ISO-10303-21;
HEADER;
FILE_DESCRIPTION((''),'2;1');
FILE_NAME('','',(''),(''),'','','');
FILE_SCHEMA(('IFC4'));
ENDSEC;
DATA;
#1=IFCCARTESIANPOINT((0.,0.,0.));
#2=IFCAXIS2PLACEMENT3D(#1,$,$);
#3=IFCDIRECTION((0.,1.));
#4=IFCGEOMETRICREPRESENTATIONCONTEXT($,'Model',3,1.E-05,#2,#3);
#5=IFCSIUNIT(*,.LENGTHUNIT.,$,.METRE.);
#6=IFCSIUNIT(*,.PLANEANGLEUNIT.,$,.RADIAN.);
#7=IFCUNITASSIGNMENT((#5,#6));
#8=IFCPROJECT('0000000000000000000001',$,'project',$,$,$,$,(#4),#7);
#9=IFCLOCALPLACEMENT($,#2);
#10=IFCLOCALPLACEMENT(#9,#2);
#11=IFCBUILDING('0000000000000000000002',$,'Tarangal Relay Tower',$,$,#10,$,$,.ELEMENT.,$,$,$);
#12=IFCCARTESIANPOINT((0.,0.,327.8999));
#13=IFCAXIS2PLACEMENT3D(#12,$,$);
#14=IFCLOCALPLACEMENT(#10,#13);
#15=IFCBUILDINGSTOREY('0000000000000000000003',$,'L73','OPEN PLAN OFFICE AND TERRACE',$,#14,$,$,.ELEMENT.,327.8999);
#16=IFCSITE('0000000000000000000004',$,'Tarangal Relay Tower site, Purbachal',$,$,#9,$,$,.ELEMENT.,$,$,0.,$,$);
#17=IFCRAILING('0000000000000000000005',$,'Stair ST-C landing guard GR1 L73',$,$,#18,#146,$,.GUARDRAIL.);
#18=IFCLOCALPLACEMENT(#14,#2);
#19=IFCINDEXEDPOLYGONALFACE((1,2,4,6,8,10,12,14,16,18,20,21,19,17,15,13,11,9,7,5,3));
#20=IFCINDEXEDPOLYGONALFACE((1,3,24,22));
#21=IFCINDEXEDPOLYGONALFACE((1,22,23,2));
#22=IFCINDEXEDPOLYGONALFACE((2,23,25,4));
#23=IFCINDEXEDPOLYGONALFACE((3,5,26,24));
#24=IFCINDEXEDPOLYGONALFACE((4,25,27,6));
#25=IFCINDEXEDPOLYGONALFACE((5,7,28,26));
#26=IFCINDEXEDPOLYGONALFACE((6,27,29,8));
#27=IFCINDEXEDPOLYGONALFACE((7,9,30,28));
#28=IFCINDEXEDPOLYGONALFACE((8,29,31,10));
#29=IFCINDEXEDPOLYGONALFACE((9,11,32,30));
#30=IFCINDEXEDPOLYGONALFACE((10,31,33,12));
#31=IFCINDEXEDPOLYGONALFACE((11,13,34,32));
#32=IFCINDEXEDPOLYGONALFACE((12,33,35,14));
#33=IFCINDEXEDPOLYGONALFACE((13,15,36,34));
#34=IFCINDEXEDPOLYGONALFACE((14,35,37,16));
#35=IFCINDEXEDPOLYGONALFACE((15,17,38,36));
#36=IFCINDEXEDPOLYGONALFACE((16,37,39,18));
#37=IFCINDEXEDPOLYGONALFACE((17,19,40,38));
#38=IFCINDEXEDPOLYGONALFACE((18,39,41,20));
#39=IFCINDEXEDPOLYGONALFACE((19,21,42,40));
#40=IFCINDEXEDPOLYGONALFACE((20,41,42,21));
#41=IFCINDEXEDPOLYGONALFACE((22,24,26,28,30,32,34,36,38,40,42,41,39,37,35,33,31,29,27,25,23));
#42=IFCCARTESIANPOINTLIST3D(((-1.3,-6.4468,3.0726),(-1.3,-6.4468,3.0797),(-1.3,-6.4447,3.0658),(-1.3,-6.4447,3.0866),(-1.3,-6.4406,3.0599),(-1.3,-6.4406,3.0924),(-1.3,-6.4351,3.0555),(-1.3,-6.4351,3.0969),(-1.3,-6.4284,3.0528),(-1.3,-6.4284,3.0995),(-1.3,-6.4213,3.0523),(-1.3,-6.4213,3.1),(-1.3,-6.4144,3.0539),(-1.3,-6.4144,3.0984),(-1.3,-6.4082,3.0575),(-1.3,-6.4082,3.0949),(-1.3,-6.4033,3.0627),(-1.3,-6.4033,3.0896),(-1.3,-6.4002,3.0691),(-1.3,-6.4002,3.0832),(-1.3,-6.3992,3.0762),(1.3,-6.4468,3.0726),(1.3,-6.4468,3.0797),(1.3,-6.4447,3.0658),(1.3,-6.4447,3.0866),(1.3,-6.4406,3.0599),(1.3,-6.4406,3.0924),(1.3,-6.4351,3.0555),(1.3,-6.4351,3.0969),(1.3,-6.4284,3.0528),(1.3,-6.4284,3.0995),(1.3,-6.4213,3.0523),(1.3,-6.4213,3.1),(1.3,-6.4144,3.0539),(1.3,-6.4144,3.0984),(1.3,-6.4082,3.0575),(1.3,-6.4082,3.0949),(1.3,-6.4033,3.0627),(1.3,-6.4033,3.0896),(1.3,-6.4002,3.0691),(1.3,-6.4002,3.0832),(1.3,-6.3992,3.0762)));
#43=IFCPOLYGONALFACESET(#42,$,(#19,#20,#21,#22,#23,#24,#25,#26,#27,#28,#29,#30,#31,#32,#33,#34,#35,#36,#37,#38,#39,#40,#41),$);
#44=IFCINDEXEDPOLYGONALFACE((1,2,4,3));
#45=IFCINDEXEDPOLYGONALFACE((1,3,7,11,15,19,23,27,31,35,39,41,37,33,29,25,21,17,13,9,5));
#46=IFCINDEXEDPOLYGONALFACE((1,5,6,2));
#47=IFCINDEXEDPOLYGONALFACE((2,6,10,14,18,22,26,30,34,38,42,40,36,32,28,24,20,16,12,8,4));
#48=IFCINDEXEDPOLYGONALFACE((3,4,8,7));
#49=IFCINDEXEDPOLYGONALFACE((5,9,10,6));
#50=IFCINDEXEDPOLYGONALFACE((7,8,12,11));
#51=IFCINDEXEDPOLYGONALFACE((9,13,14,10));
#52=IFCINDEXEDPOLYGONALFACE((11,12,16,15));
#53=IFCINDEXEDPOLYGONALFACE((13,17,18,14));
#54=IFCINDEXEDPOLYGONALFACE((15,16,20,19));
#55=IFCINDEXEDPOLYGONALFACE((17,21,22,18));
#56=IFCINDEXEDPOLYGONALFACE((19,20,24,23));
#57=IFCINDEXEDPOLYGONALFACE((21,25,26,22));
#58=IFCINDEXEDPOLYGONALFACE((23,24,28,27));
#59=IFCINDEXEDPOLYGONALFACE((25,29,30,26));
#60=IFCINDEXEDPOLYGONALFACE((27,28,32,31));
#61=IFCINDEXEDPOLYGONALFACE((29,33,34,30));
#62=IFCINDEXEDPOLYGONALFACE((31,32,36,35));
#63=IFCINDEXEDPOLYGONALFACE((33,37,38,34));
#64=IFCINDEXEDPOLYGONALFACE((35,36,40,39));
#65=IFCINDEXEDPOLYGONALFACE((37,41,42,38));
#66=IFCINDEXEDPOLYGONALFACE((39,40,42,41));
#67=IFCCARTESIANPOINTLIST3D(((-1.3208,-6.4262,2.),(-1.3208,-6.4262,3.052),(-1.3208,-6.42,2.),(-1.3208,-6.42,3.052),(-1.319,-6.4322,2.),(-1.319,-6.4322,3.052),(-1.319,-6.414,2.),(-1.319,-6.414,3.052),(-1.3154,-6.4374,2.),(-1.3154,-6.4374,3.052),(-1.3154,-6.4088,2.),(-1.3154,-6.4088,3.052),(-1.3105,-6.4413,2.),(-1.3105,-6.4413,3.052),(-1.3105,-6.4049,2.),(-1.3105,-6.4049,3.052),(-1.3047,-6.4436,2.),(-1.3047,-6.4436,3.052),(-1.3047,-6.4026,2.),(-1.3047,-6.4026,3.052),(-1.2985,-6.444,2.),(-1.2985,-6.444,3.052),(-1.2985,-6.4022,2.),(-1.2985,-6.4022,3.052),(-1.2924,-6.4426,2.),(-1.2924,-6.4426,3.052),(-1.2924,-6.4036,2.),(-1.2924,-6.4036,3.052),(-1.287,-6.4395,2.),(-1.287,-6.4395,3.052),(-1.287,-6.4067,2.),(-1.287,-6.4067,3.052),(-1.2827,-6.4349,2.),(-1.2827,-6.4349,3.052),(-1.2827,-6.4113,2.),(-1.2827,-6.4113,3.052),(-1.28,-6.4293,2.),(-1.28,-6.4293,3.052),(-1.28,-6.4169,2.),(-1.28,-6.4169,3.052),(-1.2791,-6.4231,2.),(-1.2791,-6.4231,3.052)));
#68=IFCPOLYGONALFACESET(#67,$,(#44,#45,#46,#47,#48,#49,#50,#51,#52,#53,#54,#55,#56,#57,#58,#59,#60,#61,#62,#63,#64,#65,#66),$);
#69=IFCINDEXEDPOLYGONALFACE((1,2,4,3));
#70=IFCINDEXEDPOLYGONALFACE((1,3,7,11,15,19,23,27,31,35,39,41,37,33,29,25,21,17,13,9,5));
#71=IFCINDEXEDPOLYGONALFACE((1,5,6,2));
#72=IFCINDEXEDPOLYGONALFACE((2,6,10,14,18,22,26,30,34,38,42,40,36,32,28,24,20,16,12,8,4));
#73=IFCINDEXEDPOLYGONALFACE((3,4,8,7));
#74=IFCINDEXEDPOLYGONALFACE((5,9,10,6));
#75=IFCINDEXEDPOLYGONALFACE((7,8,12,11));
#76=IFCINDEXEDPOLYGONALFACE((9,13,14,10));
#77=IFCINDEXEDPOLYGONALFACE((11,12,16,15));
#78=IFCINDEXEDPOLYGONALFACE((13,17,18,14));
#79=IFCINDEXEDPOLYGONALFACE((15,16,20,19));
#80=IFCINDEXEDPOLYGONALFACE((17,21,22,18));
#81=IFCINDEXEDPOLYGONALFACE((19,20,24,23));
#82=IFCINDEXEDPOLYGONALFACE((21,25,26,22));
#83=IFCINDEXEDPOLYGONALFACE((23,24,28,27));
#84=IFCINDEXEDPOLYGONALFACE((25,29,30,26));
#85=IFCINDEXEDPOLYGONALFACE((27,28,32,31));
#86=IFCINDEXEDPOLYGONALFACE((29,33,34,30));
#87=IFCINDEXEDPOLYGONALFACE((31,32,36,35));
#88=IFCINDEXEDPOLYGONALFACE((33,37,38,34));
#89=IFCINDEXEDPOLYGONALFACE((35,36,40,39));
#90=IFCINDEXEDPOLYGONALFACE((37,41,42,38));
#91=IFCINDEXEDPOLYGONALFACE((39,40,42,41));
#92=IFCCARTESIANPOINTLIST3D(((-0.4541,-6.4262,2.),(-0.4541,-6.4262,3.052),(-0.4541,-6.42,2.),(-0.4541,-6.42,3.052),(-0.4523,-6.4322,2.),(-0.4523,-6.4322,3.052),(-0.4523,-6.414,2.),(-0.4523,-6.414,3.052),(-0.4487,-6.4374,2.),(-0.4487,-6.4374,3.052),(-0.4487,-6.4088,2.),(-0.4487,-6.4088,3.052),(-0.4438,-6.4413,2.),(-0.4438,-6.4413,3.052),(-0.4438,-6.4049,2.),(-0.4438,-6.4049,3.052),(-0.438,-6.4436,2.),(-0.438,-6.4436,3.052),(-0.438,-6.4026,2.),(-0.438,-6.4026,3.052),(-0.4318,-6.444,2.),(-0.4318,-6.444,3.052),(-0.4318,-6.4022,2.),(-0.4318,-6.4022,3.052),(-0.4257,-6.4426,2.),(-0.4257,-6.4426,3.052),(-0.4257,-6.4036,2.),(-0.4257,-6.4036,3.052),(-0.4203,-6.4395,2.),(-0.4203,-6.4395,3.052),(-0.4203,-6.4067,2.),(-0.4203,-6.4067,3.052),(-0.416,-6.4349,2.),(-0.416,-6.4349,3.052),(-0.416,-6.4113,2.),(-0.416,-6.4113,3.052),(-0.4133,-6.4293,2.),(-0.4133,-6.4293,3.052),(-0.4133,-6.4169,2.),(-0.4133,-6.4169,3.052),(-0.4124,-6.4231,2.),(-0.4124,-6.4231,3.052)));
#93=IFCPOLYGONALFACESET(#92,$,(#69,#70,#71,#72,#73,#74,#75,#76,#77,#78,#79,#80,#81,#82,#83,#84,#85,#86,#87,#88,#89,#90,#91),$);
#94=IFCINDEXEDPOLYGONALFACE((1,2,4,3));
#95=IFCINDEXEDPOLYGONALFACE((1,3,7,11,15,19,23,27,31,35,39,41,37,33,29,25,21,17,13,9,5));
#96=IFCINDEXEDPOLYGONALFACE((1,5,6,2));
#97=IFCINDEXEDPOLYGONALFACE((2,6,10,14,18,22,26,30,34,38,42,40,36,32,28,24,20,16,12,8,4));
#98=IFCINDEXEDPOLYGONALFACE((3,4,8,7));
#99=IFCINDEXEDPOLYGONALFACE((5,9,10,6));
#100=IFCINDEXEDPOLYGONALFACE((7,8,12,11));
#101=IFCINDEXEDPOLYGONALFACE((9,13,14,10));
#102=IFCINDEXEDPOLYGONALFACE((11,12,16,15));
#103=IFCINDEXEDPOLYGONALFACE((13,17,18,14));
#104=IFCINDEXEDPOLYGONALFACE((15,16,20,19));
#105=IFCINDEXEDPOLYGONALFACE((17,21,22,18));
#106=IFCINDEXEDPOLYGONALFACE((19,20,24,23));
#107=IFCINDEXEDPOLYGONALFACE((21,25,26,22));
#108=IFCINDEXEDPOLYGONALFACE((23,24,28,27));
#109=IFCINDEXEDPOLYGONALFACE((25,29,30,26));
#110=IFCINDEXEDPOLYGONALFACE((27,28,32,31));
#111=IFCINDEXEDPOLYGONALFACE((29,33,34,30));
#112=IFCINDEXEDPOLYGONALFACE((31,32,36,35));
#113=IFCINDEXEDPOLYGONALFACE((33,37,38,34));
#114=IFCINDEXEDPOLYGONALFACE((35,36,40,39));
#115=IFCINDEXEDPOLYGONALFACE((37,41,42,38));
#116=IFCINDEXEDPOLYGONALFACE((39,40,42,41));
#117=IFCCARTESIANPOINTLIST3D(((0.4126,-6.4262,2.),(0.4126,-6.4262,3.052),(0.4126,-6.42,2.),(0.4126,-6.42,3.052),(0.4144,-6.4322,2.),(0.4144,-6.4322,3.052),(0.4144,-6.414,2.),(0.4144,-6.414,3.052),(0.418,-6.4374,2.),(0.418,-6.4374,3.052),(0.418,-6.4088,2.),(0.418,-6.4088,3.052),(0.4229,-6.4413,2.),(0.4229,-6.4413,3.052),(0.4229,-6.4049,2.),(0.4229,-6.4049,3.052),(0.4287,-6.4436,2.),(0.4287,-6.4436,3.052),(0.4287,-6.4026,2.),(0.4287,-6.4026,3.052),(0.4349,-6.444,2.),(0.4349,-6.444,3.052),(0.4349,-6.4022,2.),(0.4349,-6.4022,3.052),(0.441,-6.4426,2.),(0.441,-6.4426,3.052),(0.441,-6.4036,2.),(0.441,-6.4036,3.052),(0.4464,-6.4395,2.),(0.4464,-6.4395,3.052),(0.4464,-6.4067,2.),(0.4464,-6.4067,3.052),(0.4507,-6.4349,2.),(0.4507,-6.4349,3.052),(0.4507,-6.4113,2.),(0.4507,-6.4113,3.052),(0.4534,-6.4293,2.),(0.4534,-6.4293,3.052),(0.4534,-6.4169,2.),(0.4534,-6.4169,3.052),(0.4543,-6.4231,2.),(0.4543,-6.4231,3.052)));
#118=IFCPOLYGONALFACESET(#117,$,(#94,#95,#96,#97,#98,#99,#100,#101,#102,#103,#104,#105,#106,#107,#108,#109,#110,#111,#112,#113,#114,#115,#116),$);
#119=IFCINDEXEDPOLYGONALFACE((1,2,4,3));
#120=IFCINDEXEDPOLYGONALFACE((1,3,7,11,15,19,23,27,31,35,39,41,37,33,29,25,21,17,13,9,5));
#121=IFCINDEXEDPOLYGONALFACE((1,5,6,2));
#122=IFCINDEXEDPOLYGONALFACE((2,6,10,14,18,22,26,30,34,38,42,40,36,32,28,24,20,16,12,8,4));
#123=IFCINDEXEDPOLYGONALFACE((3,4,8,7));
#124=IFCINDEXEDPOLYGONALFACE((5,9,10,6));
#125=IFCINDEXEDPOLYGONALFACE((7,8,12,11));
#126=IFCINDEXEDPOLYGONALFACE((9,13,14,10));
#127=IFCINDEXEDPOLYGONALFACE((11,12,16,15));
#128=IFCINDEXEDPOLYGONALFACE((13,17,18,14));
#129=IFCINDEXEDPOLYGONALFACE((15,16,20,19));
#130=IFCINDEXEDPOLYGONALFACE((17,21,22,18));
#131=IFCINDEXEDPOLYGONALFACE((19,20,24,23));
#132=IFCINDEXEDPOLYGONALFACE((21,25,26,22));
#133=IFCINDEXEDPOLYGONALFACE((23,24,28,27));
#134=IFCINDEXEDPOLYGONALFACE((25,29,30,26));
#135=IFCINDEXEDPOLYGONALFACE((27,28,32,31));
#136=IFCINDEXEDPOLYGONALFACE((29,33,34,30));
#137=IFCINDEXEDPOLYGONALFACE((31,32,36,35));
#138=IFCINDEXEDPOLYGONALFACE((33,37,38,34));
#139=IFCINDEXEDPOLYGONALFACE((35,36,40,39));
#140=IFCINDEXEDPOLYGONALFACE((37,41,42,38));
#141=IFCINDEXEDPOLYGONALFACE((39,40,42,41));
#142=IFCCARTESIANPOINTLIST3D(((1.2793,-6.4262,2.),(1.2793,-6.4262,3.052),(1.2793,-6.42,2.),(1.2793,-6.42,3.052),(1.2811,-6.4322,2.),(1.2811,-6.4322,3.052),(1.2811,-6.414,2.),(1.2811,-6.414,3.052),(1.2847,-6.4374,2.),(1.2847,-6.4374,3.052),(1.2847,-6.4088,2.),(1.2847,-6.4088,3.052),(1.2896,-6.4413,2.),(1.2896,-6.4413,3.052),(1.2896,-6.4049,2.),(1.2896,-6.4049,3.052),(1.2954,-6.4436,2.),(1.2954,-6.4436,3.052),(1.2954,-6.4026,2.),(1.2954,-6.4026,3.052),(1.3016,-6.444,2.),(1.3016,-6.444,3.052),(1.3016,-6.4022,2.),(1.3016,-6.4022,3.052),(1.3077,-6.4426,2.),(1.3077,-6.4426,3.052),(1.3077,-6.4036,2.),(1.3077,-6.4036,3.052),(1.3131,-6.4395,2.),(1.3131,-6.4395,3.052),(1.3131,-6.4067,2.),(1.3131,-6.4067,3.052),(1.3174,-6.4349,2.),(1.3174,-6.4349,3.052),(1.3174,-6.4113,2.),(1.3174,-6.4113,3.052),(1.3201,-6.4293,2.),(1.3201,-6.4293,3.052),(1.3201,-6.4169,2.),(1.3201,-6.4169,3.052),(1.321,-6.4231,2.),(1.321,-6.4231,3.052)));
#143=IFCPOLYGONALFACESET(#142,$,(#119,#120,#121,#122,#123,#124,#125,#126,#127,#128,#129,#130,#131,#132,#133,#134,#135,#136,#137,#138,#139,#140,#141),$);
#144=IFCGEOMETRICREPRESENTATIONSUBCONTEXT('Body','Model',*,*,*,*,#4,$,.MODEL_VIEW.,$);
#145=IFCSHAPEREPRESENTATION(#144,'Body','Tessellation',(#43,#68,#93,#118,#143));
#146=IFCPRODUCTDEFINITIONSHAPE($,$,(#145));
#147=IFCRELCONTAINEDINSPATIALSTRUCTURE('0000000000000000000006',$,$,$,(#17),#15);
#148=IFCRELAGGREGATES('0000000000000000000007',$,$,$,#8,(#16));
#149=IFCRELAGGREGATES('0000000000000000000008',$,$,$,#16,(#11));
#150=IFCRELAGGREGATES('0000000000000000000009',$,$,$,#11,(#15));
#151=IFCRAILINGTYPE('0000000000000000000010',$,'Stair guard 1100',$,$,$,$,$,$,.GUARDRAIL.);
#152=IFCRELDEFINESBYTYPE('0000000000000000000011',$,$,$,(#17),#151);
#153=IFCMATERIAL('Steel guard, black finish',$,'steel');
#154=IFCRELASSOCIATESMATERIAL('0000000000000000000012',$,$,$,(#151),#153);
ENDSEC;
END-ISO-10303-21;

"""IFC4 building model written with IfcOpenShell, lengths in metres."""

from ifc_helpers import new_model, si_unit, direction, frame, origin, origin_2d, place, context, subcontext, project, spatial, circle, extrude, material, type_object, element, save


model = new_model("IFC4")

# Units and contexts
model_context = context("Model", 3, precision=1e-05, world=origin(), true_north=direction((0.0, 1.0)))
body_context = subcontext(model_context, "Body", "Model", "MODEL_VIEW")
ifc_project = project(units=[si_unit("LENGTHUNIT", "METRE"), si_unit("PLANEANGLEUNIT", "RADIAN")], contexts=[model_context])

# Site, building, storey
site_placement = place(None, origin())
site = spatial("IfcSite", under=ifc_project, at=site_placement, Name="Tarangal Relay Tower site, Purbachal", CompositionType="ELEMENT", RefElevation=0.0)
building_placement = place(site_placement, origin())
building = spatial("IfcBuilding", under=site, at=building_placement, Name="Tarangal Relay Tower", CompositionType="ELEMENT")
storey_placement = place(building_placement, frame((0.0, 0.0, 327.8999)))
storey = spatial("IfcBuildingStorey", under=building, at=storey_placement, Name="L73", Description="OPEN PLAN OFFICE AND TERRACE", CompositionType="ELEMENT", Elevation=327.8999)

# Railing
ifc_material_1 = material(Name="Steel guard, black finish", Category="steel")
railing_type_1 = type_object("IfcRailingType", Name="Stair guard 1100", PredefinedType="GUARDRAIL", material=ifc_material_1)
for number, where, name in (
    (1, (-1.3, -6.4231, 2.0), "Stair ST-C landing guard GR1 L73"),
):
    element("IfcRailing", number, at=place(storey_placement, frame(where)), inside=storey, type_object=railing_type_1, Name=name, PredefinedType="GUARDRAIL", context=body_context, shape_type="SweptSolid", body=[
        extrude(circle(Radius=0.0239, at=origin_2d()), frame((0.0, 0.0, 1.0762), z_axis=(1.0, 0.0, 0.0), x_axis=(0.0, 1.0, 0.0)), (0.0, 0.0, 1.0), 2.6001),
        extrude(circle(Radius=0.021, at=origin_2d()), origin(), (0.0, 0.0, 1.0), 1.052),
        extrude(circle(Radius=0.021, at=origin_2d()), frame((0.8667, 0.0, 0.0)), (0.0, 0.0, 1.0), 1.052),
        extrude(circle(Radius=0.021, at=origin_2d()), frame((1.7334, 0.0, 0.0)), (0.0, 0.0, 1.0), 1.052),
        extrude(circle(Radius=0.021, at=origin_2d()), frame((2.6001, 0.0, 0.0)), (0.0, 0.0, 1.0), 1.052),
    ])

save(model, "model.ifc")
